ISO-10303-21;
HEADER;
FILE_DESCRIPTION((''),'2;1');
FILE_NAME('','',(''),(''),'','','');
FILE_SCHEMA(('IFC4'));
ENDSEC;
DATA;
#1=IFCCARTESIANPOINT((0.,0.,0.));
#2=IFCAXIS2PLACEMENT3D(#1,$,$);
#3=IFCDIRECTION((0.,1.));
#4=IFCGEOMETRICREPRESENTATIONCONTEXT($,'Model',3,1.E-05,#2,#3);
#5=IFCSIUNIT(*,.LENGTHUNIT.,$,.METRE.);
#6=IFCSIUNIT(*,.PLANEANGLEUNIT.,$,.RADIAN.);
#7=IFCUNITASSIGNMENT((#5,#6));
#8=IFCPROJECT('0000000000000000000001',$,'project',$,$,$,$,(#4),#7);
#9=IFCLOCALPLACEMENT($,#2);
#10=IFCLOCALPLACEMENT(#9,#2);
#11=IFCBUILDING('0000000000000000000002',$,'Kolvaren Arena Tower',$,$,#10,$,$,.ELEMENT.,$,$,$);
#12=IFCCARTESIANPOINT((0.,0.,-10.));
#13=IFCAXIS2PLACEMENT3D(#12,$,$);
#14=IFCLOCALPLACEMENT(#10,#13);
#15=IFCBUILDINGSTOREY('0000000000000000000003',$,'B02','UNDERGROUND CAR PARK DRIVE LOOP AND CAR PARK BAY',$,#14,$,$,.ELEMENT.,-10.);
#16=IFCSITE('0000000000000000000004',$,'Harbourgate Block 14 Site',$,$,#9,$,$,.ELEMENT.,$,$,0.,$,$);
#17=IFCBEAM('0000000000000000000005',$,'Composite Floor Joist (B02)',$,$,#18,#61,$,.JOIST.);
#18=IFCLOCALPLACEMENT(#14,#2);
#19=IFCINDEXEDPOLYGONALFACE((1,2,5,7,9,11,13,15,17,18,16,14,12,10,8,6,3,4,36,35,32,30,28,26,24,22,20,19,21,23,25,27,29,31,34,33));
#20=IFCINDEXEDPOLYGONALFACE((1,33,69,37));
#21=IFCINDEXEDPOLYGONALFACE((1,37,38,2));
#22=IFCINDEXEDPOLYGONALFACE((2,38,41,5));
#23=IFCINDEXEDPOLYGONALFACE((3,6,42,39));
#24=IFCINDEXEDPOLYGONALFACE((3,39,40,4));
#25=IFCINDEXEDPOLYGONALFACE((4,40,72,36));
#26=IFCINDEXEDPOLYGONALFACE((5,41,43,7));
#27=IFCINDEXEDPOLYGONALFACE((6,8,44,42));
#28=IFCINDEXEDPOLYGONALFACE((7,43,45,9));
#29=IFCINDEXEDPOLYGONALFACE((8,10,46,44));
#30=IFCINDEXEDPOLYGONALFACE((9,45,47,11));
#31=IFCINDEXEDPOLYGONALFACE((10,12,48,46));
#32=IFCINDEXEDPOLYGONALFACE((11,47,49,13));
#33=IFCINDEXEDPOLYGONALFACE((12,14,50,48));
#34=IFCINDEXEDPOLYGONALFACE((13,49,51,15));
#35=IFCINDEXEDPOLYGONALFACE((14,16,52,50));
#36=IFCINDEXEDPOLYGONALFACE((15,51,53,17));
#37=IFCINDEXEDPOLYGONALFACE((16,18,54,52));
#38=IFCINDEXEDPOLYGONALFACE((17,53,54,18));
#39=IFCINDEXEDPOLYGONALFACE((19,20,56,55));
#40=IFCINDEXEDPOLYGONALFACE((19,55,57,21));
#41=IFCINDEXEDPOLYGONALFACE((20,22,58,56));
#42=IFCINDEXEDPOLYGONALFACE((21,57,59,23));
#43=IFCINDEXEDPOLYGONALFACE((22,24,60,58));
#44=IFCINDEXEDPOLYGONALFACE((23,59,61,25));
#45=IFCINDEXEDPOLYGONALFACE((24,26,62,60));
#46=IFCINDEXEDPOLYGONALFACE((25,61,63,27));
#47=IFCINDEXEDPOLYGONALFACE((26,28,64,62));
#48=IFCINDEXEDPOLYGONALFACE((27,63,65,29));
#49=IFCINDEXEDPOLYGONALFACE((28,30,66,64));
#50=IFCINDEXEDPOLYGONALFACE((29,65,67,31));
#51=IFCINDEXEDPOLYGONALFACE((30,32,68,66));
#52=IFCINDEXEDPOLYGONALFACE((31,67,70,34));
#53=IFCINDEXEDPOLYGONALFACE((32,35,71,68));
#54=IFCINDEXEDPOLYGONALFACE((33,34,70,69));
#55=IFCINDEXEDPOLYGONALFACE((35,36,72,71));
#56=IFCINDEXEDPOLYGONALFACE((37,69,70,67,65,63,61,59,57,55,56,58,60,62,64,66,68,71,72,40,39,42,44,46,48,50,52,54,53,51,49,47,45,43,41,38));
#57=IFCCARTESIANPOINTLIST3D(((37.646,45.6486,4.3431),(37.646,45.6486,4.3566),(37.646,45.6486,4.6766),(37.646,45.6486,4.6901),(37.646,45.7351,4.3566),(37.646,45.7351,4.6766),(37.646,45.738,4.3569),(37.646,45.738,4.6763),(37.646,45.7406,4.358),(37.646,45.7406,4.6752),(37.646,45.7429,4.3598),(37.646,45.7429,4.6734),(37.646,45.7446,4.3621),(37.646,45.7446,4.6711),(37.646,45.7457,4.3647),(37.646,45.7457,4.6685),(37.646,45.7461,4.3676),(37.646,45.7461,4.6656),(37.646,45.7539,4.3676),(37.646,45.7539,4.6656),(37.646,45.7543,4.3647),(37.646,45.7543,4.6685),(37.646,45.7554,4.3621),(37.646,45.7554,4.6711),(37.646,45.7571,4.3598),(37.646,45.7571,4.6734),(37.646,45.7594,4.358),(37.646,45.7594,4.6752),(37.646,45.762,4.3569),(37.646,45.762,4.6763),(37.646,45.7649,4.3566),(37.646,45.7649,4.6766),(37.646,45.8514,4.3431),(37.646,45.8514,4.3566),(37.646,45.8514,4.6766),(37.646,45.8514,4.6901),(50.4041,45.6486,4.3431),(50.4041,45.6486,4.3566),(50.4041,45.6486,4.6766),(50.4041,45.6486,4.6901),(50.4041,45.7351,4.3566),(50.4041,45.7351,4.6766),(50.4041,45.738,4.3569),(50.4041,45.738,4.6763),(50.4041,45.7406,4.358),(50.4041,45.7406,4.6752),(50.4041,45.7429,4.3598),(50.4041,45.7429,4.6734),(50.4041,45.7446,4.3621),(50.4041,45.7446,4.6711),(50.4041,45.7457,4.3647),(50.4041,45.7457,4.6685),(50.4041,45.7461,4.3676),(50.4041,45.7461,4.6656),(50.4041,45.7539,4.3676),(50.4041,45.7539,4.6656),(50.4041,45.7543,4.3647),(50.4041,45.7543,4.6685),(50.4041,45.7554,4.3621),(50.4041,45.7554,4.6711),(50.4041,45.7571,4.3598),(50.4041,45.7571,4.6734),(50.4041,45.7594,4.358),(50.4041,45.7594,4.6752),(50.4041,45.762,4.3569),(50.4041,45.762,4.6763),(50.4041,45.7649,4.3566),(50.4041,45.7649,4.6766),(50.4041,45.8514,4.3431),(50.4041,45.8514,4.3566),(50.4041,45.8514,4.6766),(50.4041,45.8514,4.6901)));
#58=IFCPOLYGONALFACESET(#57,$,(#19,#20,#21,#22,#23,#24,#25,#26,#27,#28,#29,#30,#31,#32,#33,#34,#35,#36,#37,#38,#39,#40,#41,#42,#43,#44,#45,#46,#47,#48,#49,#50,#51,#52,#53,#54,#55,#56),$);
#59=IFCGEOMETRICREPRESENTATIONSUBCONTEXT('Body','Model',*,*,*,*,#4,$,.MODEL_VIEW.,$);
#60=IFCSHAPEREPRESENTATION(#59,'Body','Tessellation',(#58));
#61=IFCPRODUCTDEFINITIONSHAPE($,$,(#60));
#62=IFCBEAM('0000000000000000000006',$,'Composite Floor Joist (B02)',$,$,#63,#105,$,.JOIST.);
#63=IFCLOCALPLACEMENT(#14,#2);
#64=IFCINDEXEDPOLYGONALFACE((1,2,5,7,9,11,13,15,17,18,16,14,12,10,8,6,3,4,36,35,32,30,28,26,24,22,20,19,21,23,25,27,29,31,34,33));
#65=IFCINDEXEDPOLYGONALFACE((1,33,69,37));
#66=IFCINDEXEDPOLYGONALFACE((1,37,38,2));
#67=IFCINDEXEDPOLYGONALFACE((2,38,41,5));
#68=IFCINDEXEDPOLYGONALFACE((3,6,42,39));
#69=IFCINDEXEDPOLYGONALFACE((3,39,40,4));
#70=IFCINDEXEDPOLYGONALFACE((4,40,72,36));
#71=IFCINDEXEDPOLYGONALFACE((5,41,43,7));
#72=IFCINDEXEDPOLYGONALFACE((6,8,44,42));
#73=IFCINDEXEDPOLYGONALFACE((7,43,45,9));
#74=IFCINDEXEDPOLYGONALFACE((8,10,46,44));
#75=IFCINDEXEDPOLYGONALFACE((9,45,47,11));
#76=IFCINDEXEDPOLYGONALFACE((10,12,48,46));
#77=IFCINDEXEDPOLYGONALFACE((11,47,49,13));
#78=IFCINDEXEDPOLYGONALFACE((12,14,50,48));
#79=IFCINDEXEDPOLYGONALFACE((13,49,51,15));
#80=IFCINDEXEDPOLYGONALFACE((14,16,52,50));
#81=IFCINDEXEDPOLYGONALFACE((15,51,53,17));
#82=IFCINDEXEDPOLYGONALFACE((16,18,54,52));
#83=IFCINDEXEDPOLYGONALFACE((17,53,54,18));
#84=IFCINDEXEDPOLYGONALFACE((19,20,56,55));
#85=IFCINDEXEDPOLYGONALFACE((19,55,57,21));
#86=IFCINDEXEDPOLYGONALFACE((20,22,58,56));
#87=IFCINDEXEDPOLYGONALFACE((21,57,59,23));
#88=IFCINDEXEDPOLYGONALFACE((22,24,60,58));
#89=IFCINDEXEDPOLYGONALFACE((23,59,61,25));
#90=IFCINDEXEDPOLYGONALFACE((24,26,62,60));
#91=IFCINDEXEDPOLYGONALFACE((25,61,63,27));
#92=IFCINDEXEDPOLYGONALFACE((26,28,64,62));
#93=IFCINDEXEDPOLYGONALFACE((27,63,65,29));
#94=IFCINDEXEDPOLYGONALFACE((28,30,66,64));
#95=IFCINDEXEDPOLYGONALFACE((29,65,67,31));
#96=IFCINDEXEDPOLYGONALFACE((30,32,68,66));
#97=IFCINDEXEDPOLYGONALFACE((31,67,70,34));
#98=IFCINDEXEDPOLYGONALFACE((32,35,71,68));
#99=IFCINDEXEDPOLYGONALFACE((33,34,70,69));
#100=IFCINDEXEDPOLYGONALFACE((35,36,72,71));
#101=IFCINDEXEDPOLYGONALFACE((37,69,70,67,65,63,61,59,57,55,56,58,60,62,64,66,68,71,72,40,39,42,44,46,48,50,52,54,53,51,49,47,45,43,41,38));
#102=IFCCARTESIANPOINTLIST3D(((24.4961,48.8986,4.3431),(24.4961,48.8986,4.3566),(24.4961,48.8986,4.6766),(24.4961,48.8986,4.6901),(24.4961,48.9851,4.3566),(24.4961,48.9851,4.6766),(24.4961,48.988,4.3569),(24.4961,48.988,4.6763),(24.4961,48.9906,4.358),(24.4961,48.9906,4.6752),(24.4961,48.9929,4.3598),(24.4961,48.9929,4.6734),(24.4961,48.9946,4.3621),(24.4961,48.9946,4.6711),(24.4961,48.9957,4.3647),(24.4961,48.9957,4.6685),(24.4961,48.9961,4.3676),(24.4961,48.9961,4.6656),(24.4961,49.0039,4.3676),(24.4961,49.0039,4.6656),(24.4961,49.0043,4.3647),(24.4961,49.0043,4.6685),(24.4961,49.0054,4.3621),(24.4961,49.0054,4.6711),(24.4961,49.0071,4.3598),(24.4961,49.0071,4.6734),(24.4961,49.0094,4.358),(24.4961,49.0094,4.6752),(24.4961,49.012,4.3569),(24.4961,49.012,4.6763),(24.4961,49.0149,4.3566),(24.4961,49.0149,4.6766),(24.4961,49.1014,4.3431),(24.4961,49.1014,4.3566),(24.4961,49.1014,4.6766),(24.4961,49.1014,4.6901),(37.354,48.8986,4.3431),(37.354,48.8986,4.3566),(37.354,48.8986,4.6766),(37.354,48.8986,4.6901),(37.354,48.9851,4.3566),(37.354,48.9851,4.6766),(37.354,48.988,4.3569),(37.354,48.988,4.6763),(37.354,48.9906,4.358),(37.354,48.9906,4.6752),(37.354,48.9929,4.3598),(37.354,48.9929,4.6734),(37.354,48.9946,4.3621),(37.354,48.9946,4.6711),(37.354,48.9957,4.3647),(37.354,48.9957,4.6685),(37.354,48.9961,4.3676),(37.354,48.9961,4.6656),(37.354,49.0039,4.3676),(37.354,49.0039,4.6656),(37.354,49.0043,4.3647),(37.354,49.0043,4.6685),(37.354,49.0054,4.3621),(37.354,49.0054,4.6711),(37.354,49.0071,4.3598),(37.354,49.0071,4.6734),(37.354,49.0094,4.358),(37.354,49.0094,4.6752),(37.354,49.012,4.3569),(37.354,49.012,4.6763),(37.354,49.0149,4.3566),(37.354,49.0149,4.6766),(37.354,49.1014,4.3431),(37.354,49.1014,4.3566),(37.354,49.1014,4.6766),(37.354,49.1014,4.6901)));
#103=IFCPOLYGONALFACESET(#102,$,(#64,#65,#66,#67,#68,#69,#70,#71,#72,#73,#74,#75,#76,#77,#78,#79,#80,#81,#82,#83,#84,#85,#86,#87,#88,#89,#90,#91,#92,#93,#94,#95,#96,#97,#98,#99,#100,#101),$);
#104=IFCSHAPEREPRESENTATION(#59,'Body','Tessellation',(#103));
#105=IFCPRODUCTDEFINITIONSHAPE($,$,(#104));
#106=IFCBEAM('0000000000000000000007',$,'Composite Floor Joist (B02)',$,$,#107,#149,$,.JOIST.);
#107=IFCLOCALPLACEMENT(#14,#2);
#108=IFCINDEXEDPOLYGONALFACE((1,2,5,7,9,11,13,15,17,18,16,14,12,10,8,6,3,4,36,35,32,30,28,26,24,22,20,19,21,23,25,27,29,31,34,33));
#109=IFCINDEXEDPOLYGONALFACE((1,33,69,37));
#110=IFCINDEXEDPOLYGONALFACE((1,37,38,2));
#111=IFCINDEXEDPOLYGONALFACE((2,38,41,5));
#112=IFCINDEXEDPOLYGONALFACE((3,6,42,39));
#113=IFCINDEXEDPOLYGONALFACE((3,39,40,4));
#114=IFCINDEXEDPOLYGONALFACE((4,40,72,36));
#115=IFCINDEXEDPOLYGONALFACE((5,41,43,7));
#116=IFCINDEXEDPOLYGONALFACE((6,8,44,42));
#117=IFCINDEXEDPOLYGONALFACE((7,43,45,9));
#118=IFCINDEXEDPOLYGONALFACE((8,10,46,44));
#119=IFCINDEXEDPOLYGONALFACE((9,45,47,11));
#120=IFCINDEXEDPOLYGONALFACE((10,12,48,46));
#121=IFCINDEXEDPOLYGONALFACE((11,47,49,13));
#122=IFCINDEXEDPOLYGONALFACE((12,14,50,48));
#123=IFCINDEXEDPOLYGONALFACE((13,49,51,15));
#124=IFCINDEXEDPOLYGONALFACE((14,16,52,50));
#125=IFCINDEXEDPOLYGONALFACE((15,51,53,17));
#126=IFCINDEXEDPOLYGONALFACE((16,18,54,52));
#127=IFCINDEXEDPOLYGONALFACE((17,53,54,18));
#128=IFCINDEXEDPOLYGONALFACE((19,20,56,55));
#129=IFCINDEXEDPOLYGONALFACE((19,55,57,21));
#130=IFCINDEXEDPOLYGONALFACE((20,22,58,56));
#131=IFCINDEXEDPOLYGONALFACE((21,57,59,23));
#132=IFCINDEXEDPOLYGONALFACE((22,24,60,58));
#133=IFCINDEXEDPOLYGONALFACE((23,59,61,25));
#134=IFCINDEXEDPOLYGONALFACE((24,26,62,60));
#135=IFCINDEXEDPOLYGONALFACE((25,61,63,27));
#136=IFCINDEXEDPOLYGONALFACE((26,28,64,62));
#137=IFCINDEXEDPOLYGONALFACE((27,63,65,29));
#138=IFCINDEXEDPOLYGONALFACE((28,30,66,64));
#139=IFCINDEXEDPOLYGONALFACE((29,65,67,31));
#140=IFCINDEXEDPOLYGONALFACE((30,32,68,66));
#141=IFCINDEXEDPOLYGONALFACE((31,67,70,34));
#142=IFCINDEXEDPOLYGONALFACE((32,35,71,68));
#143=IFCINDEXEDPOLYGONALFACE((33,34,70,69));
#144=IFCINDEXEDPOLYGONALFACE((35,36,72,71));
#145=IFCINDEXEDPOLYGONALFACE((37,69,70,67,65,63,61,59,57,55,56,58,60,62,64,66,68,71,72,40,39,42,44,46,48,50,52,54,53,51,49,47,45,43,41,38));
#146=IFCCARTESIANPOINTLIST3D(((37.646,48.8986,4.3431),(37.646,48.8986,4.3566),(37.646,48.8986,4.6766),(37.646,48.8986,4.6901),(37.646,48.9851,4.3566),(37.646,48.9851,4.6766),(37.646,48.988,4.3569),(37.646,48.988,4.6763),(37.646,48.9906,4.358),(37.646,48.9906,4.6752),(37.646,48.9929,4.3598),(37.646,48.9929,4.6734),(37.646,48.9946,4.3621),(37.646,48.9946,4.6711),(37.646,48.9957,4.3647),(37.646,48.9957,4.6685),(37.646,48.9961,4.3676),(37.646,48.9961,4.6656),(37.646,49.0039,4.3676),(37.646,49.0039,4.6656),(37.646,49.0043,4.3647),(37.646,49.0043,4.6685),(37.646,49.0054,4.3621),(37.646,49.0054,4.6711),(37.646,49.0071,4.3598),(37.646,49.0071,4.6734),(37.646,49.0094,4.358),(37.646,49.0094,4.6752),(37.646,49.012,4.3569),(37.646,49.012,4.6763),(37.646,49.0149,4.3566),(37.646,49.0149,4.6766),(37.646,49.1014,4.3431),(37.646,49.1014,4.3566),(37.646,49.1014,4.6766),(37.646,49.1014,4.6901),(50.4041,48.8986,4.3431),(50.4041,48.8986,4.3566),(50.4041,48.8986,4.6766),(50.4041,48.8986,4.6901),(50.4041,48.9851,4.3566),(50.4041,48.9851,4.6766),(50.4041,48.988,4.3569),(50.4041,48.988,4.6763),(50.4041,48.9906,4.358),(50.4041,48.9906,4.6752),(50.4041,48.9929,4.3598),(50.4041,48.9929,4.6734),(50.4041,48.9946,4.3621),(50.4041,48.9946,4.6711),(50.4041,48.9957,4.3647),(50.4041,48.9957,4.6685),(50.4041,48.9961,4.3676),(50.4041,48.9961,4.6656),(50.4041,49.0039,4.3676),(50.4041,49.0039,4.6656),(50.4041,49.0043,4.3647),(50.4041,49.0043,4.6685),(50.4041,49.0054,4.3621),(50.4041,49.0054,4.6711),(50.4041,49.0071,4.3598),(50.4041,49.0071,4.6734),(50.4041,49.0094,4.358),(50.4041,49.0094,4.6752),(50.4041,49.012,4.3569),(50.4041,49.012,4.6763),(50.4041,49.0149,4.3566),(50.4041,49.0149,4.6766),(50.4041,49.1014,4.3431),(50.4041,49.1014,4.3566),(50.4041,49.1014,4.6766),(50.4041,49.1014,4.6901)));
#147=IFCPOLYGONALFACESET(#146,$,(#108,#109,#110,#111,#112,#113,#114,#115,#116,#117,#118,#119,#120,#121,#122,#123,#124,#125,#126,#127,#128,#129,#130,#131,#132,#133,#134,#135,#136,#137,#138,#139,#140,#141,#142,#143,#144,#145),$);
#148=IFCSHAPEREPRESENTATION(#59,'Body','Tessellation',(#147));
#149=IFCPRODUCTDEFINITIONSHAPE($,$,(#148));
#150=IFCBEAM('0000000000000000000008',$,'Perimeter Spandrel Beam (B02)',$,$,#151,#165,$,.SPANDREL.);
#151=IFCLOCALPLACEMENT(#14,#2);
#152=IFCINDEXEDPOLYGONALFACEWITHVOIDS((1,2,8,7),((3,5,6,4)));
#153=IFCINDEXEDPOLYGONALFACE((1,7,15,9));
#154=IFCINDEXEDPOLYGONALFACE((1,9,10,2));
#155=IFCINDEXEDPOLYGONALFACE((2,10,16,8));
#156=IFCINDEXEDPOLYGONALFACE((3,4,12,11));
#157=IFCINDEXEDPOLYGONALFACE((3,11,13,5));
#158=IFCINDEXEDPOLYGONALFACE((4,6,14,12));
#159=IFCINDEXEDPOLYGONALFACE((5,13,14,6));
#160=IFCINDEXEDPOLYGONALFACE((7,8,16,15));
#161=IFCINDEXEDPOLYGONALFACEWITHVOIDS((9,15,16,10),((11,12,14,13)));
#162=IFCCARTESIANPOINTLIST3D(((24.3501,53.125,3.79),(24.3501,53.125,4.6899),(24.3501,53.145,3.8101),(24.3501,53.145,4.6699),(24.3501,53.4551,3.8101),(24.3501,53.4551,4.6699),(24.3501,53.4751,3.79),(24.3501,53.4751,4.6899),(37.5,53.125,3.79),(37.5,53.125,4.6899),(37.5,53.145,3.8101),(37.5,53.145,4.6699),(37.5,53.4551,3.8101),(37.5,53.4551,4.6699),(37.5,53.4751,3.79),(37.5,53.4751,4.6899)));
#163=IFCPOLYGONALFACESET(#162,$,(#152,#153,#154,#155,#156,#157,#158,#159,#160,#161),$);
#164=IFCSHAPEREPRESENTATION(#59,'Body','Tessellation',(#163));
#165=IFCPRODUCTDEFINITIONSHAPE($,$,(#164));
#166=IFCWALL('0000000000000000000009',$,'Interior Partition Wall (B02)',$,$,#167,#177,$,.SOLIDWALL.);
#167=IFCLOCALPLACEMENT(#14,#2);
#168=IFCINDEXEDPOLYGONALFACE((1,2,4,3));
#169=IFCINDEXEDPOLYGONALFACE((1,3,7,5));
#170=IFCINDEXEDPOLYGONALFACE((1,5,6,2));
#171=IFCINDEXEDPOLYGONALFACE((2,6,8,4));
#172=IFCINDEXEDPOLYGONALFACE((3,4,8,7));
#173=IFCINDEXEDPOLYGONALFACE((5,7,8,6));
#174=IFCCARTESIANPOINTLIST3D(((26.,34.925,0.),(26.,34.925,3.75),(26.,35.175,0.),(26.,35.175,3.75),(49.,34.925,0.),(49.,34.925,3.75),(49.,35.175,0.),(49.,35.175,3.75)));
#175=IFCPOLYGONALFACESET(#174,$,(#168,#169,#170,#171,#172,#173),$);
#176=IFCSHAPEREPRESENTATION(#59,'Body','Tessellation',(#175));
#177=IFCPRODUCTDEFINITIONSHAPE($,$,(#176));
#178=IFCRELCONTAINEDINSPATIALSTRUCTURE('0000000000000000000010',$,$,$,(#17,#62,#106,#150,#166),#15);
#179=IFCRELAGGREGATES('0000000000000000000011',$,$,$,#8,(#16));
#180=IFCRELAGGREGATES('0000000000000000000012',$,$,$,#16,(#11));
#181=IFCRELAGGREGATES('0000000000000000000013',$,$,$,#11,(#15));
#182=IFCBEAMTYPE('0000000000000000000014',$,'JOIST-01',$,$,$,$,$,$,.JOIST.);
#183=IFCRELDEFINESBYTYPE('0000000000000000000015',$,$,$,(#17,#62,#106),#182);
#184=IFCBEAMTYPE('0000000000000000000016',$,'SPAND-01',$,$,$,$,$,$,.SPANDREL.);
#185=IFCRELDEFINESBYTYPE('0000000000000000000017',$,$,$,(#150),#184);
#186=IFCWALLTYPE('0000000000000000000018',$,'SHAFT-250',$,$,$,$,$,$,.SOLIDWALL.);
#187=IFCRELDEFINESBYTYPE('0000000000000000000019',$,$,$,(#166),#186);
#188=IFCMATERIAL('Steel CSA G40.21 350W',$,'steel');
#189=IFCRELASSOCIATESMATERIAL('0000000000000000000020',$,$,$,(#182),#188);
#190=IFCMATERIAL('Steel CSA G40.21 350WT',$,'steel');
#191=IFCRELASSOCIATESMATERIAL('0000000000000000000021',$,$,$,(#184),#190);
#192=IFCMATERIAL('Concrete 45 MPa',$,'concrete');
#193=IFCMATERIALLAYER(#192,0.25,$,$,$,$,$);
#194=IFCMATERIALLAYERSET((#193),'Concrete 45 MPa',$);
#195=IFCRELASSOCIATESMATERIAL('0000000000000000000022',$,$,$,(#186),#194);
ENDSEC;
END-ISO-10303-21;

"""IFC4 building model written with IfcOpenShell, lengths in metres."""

from ifc_helpers import new_model, si_unit, direction, frame, frame_2d, origin, origin_2d, place, context, subcontext, project, spatial, rectangle, hollow_rectangle, i_section, extrude, material, layer, layer_set, material_profile, profile_set, type_object, element, save


model = new_model("IFC4")

# Units and contexts
model_context = context("Model", 3, precision=1e-05, world=origin(), true_north=direction((0.0, 1.0)))
body_context = subcontext(model_context, "Body", "Model", "MODEL_VIEW")
ifc_project = project(units=[si_unit("LENGTHUNIT", "METRE"), si_unit("PLANEANGLEUNIT", "RADIAN")], contexts=[model_context])

# Site, building, storey
site_placement = place(None, origin())
site = spatial("IfcSite", under=ifc_project, at=site_placement, Name="Harbourgate Block 14 Site", CompositionType="ELEMENT", RefElevation=0.0)
building_placement = place(site_placement, origin())
building = spatial("IfcBuilding", under=site, at=building_placement, Name="Kolvaren Arena Tower", CompositionType="ELEMENT")
storey_placement = place(building_placement, frame((0.0, 0.0, -10.0)))
storey = spatial("IfcBuildingStorey", under=building, at=storey_placement, Name="B02", Description="UNDERGROUND CAR PARK DRIVE LOOP AND CAR PARK BAY", CompositionType="ELEMENT", Elevation=-10.0)

# Beams
ifc_material_1 = material(Name="Steel CSA G40.21 350W", Category="steel")
ifc_material_profile_1 = material_profile(ifc_material_1, i_section(OverallWidth=0.2029, OverallDepth=0.3469, WebThickness=0.0078, FlangeThickness=0.0134, FilletRadius=0.011, at=origin_2d()), Name="W360x64")
ifc_profile_set_1 = profile_set([ifc_material_profile_1], Name="Steel CSA G40.21 350W")
beam_type_1 = type_object("IfcBeamType", Name="JOIST-01", PredefinedType="JOIST", material=ifc_profile_set_1)
beam_1_placement = place(storey_placement, frame((37.646, 45.75, 4.5166), z_axis=(1.0, 0.0, 0.0), x_axis=(0.0, 1.0, 0.0)))
element("IfcBeam", 1, at=beam_1_placement, inside=storey, type_object=beam_type_1, Name="Composite Floor Joist (B02)", PredefinedType="JOIST", context=body_context, shape_type="SweptSolid", body=[
    extrude(i_section(OverallWidth=0.2029, OverallDepth=0.3469, WebThickness=0.0078, FlangeThickness=0.0134, FilletRadius=0.011, at=origin_2d()), origin(), (0.0, 0.0, 1.0), 12.7581),
])
beam_2_placement = place(storey_placement, frame((24.4961, 49.0, 4.5166), z_axis=(1.0, 0.0, 0.0), x_axis=(0.0, 1.0, 0.0)))
element("IfcBeam", 2, at=beam_2_placement, inside=storey, type_object=beam_type_1, Name="Composite Floor Joist (B02)", PredefinedType="JOIST", context=body_context, shape_type="SweptSolid", body=[
    extrude(i_section(OverallWidth=0.2029, OverallDepth=0.3469, WebThickness=0.0078, FlangeThickness=0.0134, FilletRadius=0.011, at=origin_2d()), origin(), (0.0, 0.0, 1.0), 12.8579),
])
beam_3_placement = place(storey_placement, frame((37.646, 49.0, 4.5166), z_axis=(1.0, 0.0, 0.0), x_axis=(0.0, 1.0, 0.0)))
element("IfcBeam", 3, at=beam_3_placement, inside=storey, type_object=beam_type_1, Name="Composite Floor Joist (B02)", PredefinedType="JOIST", context=body_context, shape_type="SweptSolid", body=[
    extrude(i_section(OverallWidth=0.2029, OverallDepth=0.3469, WebThickness=0.0078, FlangeThickness=0.0134, FilletRadius=0.011, at=origin_2d()), origin(), (0.0, 0.0, 1.0), 12.7581),
])
ifc_material_2 = material(Name="Steel CSA G40.21 350WT", Category="steel")
ifc_material_profile_2 = material_profile(ifc_material_2, hollow_rectangle(XDim=0.3501, YDim=0.8999, WallThickness=0.02, at=origin_2d()), Name="HSS 900x350x20")
ifc_profile_set_2 = profile_set([ifc_material_profile_2], Name="Steel CSA G40.21 350WT")
beam_type_2 = type_object("IfcBeamType", Name="SPAND-01", PredefinedType="SPANDREL", material=ifc_profile_set_2)
beam_4_placement = place(storey_placement, frame((37.5, 53.3, 4.24), z_axis=(-1.0, 0.0, 0.0), x_axis=(0.0, -1.0, 0.0)))
element("IfcBeam", 4, at=beam_4_placement, inside=storey, type_object=beam_type_2, Name="Perimeter Spandrel Beam (B02)", PredefinedType="SPANDREL", context=body_context, shape_type="SweptSolid", body=[
    extrude(hollow_rectangle(XDim=0.3501, YDim=0.8999, WallThickness=0.02, at=origin_2d()), origin(), (0.0, 0.0, 1.0), 13.1499),
])

# Wall
ifc_material_3 = material(Name="Concrete 45 MPa", Category="concrete")
ifc_layer = layer(ifc_material_3, 0.25)
ifc_layer_set = layer_set([ifc_layer], Name="Concrete 45 MPa")
wall_type = type_object("IfcWallType", Name="SHAFT-250", PredefinedType="SOLIDWALL", material=ifc_layer_set)
wall_placement = place(storey_placement, frame((26.0, 35.05, 0.0), z_axis=(0.0, 0.0, 1.0), x_axis=(1.0, 0.0, 0.0)))
element("IfcWall", 5, at=wall_placement, inside=storey, type_object=wall_type, Name="Interior Partition Wall (B02)", PredefinedType="SOLIDWALL", context=body_context, shape_type="SweptSolid", body=[
    extrude(rectangle(XDim=23.0, YDim=0.25, at=frame_2d((11.5, 0.0))), origin(), (0.0, 0.0, 1.0), 3.75),
])

save(model, "model.ifc")
